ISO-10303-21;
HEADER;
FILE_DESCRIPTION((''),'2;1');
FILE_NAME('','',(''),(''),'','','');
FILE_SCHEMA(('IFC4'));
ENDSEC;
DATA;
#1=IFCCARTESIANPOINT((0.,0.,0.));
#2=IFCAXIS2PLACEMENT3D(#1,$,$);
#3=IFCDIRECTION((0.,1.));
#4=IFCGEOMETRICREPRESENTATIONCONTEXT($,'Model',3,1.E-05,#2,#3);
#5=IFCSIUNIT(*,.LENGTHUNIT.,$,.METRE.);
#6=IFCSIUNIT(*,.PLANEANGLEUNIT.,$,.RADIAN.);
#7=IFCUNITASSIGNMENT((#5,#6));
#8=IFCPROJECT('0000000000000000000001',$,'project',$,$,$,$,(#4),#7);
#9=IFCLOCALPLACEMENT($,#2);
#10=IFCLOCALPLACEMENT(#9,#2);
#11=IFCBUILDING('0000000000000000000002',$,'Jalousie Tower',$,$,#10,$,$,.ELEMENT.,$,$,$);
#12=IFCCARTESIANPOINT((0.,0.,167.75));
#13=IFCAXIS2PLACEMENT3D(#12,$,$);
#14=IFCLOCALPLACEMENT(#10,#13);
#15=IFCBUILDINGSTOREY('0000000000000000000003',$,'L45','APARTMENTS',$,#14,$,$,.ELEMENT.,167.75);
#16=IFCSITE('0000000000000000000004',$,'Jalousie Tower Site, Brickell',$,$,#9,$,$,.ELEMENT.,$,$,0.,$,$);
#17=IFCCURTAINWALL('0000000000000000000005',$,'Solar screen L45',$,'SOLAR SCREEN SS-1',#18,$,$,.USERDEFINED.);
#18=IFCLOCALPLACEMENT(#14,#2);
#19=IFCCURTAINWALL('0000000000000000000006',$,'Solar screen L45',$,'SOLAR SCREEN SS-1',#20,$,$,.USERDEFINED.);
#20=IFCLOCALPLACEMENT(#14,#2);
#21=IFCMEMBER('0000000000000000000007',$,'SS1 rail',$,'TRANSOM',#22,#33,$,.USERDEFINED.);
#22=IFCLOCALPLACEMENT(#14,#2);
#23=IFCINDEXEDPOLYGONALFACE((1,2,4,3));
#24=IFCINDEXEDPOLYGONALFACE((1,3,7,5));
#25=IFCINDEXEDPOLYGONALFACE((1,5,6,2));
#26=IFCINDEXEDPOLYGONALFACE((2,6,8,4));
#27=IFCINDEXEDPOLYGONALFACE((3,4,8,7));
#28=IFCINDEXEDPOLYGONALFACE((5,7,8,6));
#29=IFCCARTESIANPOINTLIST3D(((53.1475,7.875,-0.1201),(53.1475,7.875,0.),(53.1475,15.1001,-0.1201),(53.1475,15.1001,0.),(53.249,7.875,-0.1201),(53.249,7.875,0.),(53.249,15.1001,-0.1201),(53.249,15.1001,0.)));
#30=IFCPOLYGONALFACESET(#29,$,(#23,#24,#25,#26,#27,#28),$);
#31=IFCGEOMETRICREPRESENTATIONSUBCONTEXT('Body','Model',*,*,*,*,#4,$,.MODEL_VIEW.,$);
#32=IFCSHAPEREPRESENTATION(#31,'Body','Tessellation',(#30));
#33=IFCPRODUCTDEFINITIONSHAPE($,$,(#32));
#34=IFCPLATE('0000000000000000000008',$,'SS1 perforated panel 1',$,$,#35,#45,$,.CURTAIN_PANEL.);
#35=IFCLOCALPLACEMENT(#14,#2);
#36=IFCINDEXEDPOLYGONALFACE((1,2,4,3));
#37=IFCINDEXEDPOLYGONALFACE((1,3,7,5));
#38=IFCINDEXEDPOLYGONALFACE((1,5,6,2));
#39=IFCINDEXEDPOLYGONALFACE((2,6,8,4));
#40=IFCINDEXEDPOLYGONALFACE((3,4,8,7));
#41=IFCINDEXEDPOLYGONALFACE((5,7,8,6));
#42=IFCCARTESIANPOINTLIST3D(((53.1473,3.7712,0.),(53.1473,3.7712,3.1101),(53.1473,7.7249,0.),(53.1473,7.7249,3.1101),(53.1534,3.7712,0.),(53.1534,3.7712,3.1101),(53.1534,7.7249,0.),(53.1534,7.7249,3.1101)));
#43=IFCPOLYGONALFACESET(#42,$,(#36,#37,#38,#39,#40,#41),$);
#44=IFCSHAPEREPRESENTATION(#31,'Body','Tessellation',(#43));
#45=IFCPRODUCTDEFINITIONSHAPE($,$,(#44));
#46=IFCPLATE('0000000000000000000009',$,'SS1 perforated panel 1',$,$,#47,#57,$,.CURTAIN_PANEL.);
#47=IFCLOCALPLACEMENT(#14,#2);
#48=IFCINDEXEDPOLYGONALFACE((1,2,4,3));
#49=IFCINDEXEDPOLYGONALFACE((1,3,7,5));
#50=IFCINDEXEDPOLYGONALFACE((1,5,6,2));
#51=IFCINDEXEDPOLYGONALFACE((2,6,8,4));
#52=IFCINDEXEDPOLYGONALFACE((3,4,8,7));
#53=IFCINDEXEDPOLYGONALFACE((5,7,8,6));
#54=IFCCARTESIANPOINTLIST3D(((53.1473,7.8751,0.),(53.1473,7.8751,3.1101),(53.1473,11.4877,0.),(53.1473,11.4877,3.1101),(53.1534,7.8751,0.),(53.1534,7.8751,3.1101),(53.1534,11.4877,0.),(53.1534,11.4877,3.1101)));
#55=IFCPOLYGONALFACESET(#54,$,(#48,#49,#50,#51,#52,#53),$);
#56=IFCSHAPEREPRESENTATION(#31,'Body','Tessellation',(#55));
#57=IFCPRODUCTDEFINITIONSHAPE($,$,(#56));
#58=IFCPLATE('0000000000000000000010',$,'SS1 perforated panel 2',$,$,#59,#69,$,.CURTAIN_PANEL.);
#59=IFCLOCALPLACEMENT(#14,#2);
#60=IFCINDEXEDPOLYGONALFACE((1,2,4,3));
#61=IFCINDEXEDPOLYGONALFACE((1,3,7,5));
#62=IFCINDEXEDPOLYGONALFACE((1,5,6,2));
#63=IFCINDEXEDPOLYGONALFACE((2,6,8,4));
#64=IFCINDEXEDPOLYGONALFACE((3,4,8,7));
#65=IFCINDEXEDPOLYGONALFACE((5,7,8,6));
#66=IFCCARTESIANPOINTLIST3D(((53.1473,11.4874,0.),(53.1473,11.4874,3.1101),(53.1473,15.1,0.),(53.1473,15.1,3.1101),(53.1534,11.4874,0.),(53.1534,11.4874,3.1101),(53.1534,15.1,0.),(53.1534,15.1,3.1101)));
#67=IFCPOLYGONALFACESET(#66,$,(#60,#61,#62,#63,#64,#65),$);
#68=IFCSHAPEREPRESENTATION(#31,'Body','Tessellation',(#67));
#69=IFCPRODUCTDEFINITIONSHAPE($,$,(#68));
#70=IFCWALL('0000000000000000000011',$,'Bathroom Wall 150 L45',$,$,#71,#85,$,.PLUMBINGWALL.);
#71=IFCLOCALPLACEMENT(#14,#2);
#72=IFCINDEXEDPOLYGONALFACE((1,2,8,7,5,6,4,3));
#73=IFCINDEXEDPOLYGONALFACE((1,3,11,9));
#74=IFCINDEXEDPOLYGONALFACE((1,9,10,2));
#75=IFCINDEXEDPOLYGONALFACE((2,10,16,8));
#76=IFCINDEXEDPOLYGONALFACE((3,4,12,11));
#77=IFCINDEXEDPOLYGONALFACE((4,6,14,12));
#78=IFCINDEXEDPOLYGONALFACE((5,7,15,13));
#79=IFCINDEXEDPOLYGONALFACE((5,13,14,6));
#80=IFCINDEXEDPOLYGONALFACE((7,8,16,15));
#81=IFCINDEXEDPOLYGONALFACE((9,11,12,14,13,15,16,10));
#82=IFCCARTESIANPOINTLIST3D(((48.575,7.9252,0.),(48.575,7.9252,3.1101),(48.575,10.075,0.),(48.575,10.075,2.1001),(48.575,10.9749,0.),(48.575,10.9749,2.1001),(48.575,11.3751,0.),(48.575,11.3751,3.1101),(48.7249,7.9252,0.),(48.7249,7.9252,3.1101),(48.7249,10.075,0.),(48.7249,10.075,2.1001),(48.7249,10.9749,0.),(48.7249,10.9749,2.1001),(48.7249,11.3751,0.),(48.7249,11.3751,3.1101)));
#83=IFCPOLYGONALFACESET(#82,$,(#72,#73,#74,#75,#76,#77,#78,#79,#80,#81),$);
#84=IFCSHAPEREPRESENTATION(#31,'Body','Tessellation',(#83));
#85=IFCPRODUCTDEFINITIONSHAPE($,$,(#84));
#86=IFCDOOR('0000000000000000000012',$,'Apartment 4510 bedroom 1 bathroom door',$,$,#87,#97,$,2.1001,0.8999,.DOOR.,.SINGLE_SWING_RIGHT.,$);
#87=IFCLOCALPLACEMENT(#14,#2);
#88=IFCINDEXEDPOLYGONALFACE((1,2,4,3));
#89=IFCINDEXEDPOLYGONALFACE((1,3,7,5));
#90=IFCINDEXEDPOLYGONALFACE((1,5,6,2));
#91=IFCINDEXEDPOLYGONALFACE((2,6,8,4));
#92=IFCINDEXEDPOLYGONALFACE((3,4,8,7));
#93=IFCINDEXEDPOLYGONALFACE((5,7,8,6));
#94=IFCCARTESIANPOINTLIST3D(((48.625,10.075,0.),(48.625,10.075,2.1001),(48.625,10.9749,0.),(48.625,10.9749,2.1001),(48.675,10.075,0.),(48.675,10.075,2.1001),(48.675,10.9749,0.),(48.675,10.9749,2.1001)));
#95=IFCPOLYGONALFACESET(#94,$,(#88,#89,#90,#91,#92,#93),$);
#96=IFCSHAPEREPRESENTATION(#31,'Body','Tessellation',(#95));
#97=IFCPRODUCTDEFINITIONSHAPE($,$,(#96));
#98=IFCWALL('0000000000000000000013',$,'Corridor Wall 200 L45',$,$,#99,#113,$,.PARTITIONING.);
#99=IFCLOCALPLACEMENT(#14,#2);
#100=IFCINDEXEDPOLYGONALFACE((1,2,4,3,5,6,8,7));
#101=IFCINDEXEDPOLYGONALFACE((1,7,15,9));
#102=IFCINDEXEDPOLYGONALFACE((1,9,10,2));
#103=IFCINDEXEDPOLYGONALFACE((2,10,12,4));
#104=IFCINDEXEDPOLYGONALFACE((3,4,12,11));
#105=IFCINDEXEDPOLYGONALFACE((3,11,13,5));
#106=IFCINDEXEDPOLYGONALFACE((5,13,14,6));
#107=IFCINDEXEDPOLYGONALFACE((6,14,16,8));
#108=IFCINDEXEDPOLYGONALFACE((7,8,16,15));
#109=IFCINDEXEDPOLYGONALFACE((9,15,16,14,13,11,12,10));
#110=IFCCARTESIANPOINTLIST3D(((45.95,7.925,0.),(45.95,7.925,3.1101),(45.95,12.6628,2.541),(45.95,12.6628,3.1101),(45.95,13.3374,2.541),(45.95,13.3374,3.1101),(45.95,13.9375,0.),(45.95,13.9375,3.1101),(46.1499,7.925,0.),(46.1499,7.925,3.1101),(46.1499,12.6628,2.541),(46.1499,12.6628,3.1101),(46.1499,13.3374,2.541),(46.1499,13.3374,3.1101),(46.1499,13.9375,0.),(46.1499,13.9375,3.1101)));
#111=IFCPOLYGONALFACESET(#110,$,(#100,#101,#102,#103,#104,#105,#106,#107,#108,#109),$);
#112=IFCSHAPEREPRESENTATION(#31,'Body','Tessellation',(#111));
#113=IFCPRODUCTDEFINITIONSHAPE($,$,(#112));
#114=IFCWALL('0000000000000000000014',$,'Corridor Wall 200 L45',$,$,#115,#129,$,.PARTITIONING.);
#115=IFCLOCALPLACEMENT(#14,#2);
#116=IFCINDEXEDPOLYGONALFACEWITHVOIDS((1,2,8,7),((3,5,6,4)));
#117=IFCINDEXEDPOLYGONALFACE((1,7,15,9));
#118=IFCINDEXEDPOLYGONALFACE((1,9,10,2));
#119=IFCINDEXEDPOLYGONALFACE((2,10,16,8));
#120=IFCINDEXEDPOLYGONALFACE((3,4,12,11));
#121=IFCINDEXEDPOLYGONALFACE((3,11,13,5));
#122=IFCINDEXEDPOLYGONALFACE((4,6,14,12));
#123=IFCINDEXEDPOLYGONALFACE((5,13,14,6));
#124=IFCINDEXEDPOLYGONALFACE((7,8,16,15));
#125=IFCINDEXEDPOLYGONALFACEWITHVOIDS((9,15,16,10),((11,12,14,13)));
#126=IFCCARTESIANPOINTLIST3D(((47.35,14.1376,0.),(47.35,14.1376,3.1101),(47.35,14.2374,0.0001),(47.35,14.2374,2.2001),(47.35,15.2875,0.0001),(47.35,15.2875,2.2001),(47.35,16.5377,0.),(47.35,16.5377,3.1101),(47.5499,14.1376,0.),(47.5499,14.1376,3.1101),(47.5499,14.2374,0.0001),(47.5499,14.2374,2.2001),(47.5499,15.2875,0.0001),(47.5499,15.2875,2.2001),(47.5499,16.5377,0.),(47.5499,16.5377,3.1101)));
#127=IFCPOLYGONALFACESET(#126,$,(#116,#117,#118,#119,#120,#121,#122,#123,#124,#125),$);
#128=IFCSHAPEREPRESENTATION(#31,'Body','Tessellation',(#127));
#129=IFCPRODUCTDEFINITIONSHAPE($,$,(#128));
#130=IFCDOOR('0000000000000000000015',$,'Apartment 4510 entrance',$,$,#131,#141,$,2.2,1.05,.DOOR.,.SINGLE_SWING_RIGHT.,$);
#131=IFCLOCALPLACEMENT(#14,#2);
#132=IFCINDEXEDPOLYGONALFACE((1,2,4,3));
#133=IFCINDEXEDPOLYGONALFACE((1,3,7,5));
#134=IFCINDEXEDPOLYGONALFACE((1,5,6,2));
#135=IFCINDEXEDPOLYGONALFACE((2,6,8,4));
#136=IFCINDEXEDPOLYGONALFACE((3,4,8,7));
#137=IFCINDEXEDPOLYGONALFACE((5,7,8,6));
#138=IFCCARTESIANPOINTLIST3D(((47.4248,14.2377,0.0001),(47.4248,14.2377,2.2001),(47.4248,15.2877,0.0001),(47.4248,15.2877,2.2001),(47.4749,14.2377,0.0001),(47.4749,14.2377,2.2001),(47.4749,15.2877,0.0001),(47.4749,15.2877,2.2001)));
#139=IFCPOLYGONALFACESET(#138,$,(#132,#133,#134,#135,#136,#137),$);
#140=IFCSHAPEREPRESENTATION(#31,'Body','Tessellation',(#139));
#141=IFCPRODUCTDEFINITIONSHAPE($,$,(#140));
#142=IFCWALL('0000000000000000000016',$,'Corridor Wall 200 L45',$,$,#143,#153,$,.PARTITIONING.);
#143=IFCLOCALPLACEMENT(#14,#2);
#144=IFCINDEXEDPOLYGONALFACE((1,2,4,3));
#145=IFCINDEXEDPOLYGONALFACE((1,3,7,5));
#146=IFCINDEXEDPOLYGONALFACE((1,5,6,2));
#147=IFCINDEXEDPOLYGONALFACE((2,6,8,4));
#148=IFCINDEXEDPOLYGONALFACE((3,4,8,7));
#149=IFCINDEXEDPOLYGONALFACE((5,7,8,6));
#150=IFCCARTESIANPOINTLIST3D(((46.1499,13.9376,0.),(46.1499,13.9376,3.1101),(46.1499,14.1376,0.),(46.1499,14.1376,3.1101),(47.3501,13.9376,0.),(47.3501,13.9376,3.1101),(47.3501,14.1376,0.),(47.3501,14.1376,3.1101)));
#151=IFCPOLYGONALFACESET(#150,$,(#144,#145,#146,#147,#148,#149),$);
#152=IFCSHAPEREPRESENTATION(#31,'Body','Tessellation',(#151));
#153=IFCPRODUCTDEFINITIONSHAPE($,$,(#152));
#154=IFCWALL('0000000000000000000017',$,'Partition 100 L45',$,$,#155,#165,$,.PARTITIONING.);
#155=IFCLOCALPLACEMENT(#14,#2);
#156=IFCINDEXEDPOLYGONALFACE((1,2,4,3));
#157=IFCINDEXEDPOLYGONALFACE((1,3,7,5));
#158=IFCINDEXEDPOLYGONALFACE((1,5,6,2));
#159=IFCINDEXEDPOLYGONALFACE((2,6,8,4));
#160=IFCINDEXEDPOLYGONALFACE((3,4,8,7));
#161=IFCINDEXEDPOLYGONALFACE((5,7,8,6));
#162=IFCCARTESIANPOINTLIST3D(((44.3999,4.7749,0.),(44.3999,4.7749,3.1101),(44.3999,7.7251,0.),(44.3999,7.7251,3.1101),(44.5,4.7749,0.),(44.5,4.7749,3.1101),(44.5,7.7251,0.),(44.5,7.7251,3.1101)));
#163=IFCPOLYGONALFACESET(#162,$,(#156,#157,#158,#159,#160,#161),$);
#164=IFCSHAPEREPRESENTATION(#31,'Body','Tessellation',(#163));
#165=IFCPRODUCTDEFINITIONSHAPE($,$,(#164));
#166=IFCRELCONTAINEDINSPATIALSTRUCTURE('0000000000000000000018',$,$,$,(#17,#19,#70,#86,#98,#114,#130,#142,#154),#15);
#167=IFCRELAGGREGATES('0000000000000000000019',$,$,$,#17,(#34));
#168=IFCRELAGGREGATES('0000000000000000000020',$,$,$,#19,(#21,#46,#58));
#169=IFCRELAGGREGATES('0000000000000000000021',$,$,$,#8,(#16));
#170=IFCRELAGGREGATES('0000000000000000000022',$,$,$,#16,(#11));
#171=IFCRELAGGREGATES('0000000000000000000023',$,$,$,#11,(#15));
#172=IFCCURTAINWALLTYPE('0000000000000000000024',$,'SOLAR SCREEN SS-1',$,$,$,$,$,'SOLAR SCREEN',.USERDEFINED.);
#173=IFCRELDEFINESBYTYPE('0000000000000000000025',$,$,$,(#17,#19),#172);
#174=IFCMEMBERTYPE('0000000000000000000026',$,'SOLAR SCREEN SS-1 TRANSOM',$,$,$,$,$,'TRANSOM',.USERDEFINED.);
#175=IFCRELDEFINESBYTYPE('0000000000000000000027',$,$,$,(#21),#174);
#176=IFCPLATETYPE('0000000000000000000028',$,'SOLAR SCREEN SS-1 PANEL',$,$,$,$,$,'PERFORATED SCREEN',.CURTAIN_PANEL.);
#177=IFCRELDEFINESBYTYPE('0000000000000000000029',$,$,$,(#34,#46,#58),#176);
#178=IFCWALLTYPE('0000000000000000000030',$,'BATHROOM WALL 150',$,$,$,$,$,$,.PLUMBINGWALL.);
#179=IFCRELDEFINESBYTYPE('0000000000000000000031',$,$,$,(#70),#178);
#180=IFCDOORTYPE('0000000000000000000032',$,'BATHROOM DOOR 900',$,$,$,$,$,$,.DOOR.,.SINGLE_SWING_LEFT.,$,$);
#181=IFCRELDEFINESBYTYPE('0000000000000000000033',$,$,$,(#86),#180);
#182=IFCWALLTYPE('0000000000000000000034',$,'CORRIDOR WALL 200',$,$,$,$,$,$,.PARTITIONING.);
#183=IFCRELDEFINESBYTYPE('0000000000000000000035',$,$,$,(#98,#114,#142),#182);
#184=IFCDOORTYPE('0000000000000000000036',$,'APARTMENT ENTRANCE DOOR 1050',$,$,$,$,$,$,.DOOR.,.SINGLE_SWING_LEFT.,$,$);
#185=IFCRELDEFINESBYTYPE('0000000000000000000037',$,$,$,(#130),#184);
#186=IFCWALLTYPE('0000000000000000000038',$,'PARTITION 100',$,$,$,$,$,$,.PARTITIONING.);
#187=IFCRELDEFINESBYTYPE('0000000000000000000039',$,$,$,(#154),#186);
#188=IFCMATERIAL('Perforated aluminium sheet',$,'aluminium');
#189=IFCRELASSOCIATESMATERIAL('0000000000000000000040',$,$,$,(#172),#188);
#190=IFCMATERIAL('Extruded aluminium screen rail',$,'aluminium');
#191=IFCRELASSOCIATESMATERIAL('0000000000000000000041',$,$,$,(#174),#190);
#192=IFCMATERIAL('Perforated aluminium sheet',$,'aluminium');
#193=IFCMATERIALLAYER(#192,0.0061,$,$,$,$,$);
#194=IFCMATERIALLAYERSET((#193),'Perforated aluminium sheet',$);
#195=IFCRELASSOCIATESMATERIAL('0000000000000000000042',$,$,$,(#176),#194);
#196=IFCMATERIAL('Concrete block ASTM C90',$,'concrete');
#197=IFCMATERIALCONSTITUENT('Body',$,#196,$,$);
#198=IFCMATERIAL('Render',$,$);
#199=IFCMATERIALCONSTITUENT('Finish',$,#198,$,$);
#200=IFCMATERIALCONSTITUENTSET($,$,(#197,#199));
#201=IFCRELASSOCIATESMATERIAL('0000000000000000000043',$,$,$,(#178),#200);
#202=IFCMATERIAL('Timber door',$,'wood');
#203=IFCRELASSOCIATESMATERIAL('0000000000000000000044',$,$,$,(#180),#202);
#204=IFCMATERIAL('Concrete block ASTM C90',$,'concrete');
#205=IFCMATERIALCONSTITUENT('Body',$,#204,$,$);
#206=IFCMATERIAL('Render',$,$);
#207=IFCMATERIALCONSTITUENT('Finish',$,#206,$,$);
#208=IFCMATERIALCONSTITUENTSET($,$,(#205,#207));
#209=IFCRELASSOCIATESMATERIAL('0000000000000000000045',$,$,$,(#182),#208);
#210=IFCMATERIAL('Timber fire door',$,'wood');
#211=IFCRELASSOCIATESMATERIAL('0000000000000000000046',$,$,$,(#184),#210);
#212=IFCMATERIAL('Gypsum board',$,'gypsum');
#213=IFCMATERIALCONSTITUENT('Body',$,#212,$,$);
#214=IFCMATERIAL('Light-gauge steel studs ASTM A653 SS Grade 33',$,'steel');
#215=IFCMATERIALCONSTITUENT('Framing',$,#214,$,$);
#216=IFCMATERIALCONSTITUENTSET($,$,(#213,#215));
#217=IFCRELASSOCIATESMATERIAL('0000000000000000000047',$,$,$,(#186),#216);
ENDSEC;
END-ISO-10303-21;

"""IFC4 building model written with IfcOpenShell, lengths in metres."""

from ifc_helpers import new_model, si_unit, direction, frame, frame_2d, origin, origin_2d, place, context, subcontext, project, spatial, polyline, rectangle, outline, extrude, material, layer, layer_set, constituent, constituent_set, material_profile, profile_set, type_object, element, fill, aggregate, save


model = new_model("IFC4")

# Units and contexts
model_context = context("Model", 3, precision=1e-05, world=origin(), true_north=direction((0.0, 1.0)))
body_context = subcontext(model_context, "Body", "Model", "MODEL_VIEW")
ifc_project = project(units=[si_unit("LENGTHUNIT", "METRE"), si_unit("PLANEANGLEUNIT", "RADIAN")], contexts=[model_context])

# Site, building, storey
site_placement = place(None, origin())
site = spatial("IfcSite", under=ifc_project, at=site_placement, Name="Jalousie Tower Site, Brickell", CompositionType="ELEMENT", RefElevation=0.0)
building_placement = place(site_placement, origin())
building = spatial("IfcBuilding", under=site, at=building_placement, Name="Jalousie Tower", CompositionType="ELEMENT")
storey_placement = place(building_placement, frame((0.0, 0.0, 167.75)))
storey = spatial("IfcBuildingStorey", under=building, at=storey_placement, Name="L45", Description="APARTMENTS", CompositionType="ELEMENT", Elevation=167.75)

# Curtain wall
ifc_material_1 = material(Name="Perforated aluminium sheet", Category="aluminium")
curtain_wall_type = type_object("IfcCurtainWallType", Name="SOLAR SCREEN SS-1", ElementType="SOLAR SCREEN", PredefinedType="USERDEFINED", material=ifc_material_1)
curtain_wall_1_placement = place(storey_placement, origin())
curtain_wall_1 = element("IfcCurtainWall", 1, at=curtain_wall_1_placement, inside=storey, type_object=curtain_wall_type, Name="Solar screen L45", ObjectType="SOLAR SCREEN SS-1", PredefinedType="USERDEFINED")

# Curtain wall, member
curtain_wall_2_placement = place(storey_placement, origin())
curtain_wall_2 = element("IfcCurtainWall", 2, at=curtain_wall_2_placement, inside=storey, type_object=curtain_wall_type, Name="Solar screen L45", ObjectType="SOLAR SCREEN SS-1", PredefinedType="USERDEFINED")
ifc_material_2 = material(Name="Extruded aluminium screen rail", Category="aluminium")
ifc_material_profile_1 = material_profile(ifc_material_2, rectangle(XDim=0.1016, YDim=0.1201, at=origin_2d()), Name="RAIL 102x120")
ifc_profile_set_1 = profile_set([ifc_material_profile_1], Name="Extruded aluminium screen rail")
member_type_1 = type_object("IfcMemberType", Name="SOLAR SCREEN SS-1 TRANSOM", ElementType="TRANSOM", PredefinedType="USERDEFINED", material=ifc_profile_set_1)
member_1_placement = place(storey_placement, frame((53.1982, 7.875, -0.0601), z_axis=(0.0, 1.0, 0.0), x_axis=(-1.0, 0.0, 0.0)))
member_1 = element("IfcMember", 3, at=member_1_placement, type_object=member_type_1, Name="SS1 rail", ObjectType="TRANSOM", PredefinedType="USERDEFINED", context=body_context, shape_type="SweptSolid", body=[
    extrude(rectangle(XDim=0.1016, YDim=0.1201, at=origin_2d()), origin(), (0.0, 0.0, 1.0), 7.2251),
])

# Plates
ifc_material_3 = material(Name="Perforated aluminium sheet", Category="aluminium")
ifc_layer_1 = layer(ifc_material_3, 0.0061)
ifc_layer_set_1 = layer_set([ifc_layer_1], Name="Perforated aluminium sheet")
plate_type = type_object("IfcPlateType", Name="SOLAR SCREEN SS-1 PANEL", ElementType="PERFORATED SCREEN", PredefinedType="CURTAIN_PANEL", material=ifc_layer_set_1)
plate_1_placement = place(storey_placement, frame((53.1504, 5.748, 0.0), z_axis=(0.0, 0.0, 1.0), x_axis=(0.0, 1.0, 0.0)))
plate_1 = element("IfcPlate", 4, at=plate_1_placement, type_object=plate_type, Name="SS1 perforated panel 1", PredefinedType="CURTAIN_PANEL", context=body_context, shape_type="SweptSolid", body=[
    extrude(rectangle(XDim=3.9536, YDim=0.0061, at=origin_2d()), origin(), (0.0, 0.0, 1.0), 3.1101),
])
aggregate(curtain_wall_1, [plate_1])
plate_2_placement = place(storey_placement, frame((53.1504, 9.6814, 0.0), z_axis=(0.0, 0.0, 1.0), x_axis=(0.0, 1.0, 0.0)))
plate_2 = element("IfcPlate", 5, at=plate_2_placement, type_object=plate_type, Name="SS1 perforated panel 1", PredefinedType="CURTAIN_PANEL", context=body_context, shape_type="SweptSolid", body=[
    extrude(rectangle(XDim=3.6125, YDim=0.0061, at=origin_2d()), origin(), (0.0, 0.0, 1.0), 3.1101),
])
plate_3_placement = place(storey_placement, frame((53.1504, 13.2937, 0.0), z_axis=(0.0, 0.0, 1.0), x_axis=(0.0, 1.0, 0.0)))
plate_3 = element("IfcPlate", 6, at=plate_3_placement, type_object=plate_type, Name="SS1 perforated panel 2", PredefinedType="CURTAIN_PANEL", context=body_context, shape_type="SweptSolid", body=[
    extrude(rectangle(XDim=3.6125, YDim=0.0061, at=origin_2d()), origin(), (0.0, 0.0, 1.0), 3.1101),
])
aggregate(curtain_wall_2, [member_1, plate_2, plate_3])

# Wall, opening, door
ifc_material_4 = material(Name="Concrete block ASTM C90", Category="concrete")
ifc_constituent_1 = constituent(ifc_material_4, Name="Body")
ifc_material_5 = material(Name="Render")
ifc_constituent_2 = constituent(ifc_material_5, Name="Finish")
ifc_constituent_set_1 = constituent_set(constituents=[ifc_constituent_1, ifc_constituent_2])
wall_type_1 = type_object("IfcWallType", Name="BATHROOM WALL 150", PredefinedType="PLUMBINGWALL", material=ifc_constituent_set_1)
wall_1_placement = place(storey_placement, frame((48.6499, 7.925, 0.0), z_axis=(0.0, 0.0, 1.0), x_axis=(0.0, 1.0, 0.0)))
wall_1 = element("IfcWall", 7, at=wall_1_placement, inside=storey, type_object=wall_type_1, Name="Bathroom Wall 150 L45", PredefinedType="PLUMBINGWALL", context=body_context, shape_type="SweptSolid", body=[
    extrude(rectangle(XDim=3.45, YDim=0.1499, at=frame_2d((1.7251, 0.0))), origin(), (0.0, 0.0, 1.0), 3.1101),
])
opening_1_placement = place(wall_1_placement, frame((2.1499, 0.0, 0.0)))
opening_1 = element("IfcOpeningElement", 8, at=opening_1_placement, cuts=wall_1, PredefinedType="OPENING", context=body_context, shape_type="SweptSolid", body=[
    extrude(rectangle(XDim=0.8999, YDim=2.1001, at=frame_2d((0.45, 1.05))), frame((0.0, 0.085, 0.0), z_axis=(0.0, -1.0, 0.0), x_axis=(1.0, 0.0, 0.0)), (0.0, 0.0, 1.0), 0.1699),
])
ifc_material_6 = material(Name="Timber door", Category="wood")
door_type_1 = type_object("IfcDoorType", Name="BATHROOM DOOR 900", OperationType="SINGLE_SWING_LEFT", PredefinedType="DOOR", material=ifc_material_6)
door_1_placement = place(opening_1_placement, origin())
door_1 = element("IfcDoor", 9, at=door_1_placement, inside=storey, type_object=door_type_1, Name="Apartment 4510 bedroom 1 bathroom door", OperationType="SINGLE_SWING_RIGHT", OverallHeight=2.1001, OverallWidth=0.8999, PredefinedType="DOOR", context=body_context, shape_type="SweptSolid", body=[
    extrude(rectangle(XDim=0.8999, YDim=2.1001, at=frame_2d((0.45, 1.05))), frame((0.0, 0.0249, 0.0), z_axis=(0.0, -1.0, 0.0), x_axis=(1.0, 0.0, 0.0)), (0.0, 0.0, 1.0), 0.05),
])
fill(opening_1, door_1)

# Wall
ifc_material_7 = material(Name="Concrete block ASTM C90", Category="concrete")
ifc_constituent_3 = constituent(ifc_material_7, Name="Body")
ifc_material_8 = material(Name="Render")
ifc_constituent_4 = constituent(ifc_material_8, Name="Finish")
ifc_constituent_set_2 = constituent_set(constituents=[ifc_constituent_3, ifc_constituent_4])
wall_type_2 = type_object("IfcWallType", Name="CORRIDOR WALL 200", PredefinedType="PARTITIONING", material=ifc_constituent_set_2)
wall_2_placement = place(storey_placement, frame((46.05, 7.925, 0.0), z_axis=(0.0, 0.0, 1.0), x_axis=(0.0, 1.0, 0.0)))
element("IfcWall", 10, at=wall_2_placement, inside=storey, type_object=wall_type_2, Name="Corridor Wall 200 L45", PredefinedType="PARTITIONING", context=body_context, shape_type="SweptSolid", body=[
    extrude(outline(polyline([(0.0, 0.0), (6.0125, 0.0), (6.0125, 3.1101), (5.4124, 3.1101), (5.4124, 2.541), (4.7378, 2.541), (4.7378, 3.1101), (0.0, 3.1101), (0.0, 0.0)])), frame((0.0, 0.1001, 0.0), z_axis=(0.0, -1.0, 0.0), x_axis=(1.0, 0.0, 0.0)), (0.0, 0.0, 1.0), 0.2),
])

# Wall, opening, door
wall_3_placement = place(storey_placement, frame((47.45, 14.1375, 0.0), z_axis=(0.0, 0.0, 1.0), x_axis=(0.0, 1.0, 0.0)))
wall_3 = element("IfcWall", 11, at=wall_3_placement, inside=storey, type_object=wall_type_2, Name="Corridor Wall 200 L45", PredefinedType="PARTITIONING", context=body_context, shape_type="SweptSolid", body=[
    extrude(rectangle(XDim=2.4001, YDim=0.2, at=frame_2d((1.2002, 0.0))), origin(), (0.0, 0.0, 1.0), 3.1101),
])
opening_2_placement = place(wall_3_placement, frame((0.1001, 0.0, 0.0)))
opening_2 = element("IfcOpeningElement", 12, at=opening_2_placement, cuts=wall_3, PredefinedType="OPENING", context=body_context, shape_type="SweptSolid", body=[
    extrude(rectangle(XDim=1.05, YDim=2.2, at=frame_2d((0.5249, 1.1001))), frame((0.0, 0.1099, 0.0), z_axis=(0.0, -1.0, 0.0), x_axis=(1.0, 0.0, 0.0)), (0.0, 0.0, 1.0), 0.22),
])
ifc_material_9 = material(Name="Timber fire door", Category="wood")
door_type_2 = type_object("IfcDoorType", Name="APARTMENT ENTRANCE DOOR 1050", OperationType="SINGLE_SWING_LEFT", PredefinedType="DOOR", material=ifc_material_9)
door_2_placement = place(opening_2_placement, frame((1.05, 0.0, 0.0), z_axis=(0.0, 0.0, 1.0), x_axis=(-1.0, 0.0, 0.0)))
door_2 = element("IfcDoor", 13, at=door_2_placement, inside=storey, type_object=door_type_2, Name="Apartment 4510 entrance", OperationType="SINGLE_SWING_RIGHT", OverallHeight=2.2, OverallWidth=1.05, PredefinedType="DOOR", context=body_context, shape_type="SweptSolid", body=[
    extrude(rectangle(XDim=1.05, YDim=2.2, at=frame_2d((0.5249, 1.1001))), frame((0.0, 0.0249, 0.0), z_axis=(0.0, -1.0, 0.0), x_axis=(1.0, 0.0, 0.0)), (0.0, 0.0, 1.0), 0.05),
])
fill(opening_2, door_2)

# Walls
wall_4_placement = place(storey_placement, frame((46.1499, 14.0376, 0.0), z_axis=(0.0, 0.0, 1.0), x_axis=(1.0, 0.0, 0.0)))
element("IfcWall", 14, at=wall_4_placement, inside=storey, type_object=wall_type_2, Name="Corridor Wall 200 L45", PredefinedType="PARTITIONING", context=body_context, shape_type="SweptSolid", body=[
    extrude(rectangle(XDim=1.2002, YDim=0.2, at=frame_2d((0.6001, 0.0))), origin(), (0.0, 0.0, 1.0), 3.1101),
])
ifc_material_10 = material(Name="Gypsum board", Category="gypsum")
ifc_constituent_5 = constituent(ifc_material_10, Name="Body")
ifc_material_11 = material(Name="Light-gauge steel studs ASTM A653 SS Grade 33", Category="steel")
ifc_constituent_6 = constituent(ifc_material_11, Name="Framing")
ifc_constituent_set_3 = constituent_set(constituents=[ifc_constituent_5, ifc_constituent_6])
wall_type_3 = type_object("IfcWallType", Name="PARTITION 100", PredefinedType="PARTITIONING", material=ifc_constituent_set_3)
wall_5_placement = place(storey_placement, frame((44.45, 4.7749, 0.0), z_axis=(0.0, 0.0, 1.0), x_axis=(0.0, 1.0, 0.0)))
element("IfcWall", 15, at=wall_5_placement, inside=storey, type_object=wall_type_3, Name="Partition 100 L45", PredefinedType="PARTITIONING", context=body_context, shape_type="SweptSolid", body=[
    extrude(rectangle(XDim=2.9502, YDim=0.1001, at=frame_2d((1.4751, 0.0))), origin(), (0.0, 0.0, 1.0), 3.1101),
])

save(model, "model.ifc")
